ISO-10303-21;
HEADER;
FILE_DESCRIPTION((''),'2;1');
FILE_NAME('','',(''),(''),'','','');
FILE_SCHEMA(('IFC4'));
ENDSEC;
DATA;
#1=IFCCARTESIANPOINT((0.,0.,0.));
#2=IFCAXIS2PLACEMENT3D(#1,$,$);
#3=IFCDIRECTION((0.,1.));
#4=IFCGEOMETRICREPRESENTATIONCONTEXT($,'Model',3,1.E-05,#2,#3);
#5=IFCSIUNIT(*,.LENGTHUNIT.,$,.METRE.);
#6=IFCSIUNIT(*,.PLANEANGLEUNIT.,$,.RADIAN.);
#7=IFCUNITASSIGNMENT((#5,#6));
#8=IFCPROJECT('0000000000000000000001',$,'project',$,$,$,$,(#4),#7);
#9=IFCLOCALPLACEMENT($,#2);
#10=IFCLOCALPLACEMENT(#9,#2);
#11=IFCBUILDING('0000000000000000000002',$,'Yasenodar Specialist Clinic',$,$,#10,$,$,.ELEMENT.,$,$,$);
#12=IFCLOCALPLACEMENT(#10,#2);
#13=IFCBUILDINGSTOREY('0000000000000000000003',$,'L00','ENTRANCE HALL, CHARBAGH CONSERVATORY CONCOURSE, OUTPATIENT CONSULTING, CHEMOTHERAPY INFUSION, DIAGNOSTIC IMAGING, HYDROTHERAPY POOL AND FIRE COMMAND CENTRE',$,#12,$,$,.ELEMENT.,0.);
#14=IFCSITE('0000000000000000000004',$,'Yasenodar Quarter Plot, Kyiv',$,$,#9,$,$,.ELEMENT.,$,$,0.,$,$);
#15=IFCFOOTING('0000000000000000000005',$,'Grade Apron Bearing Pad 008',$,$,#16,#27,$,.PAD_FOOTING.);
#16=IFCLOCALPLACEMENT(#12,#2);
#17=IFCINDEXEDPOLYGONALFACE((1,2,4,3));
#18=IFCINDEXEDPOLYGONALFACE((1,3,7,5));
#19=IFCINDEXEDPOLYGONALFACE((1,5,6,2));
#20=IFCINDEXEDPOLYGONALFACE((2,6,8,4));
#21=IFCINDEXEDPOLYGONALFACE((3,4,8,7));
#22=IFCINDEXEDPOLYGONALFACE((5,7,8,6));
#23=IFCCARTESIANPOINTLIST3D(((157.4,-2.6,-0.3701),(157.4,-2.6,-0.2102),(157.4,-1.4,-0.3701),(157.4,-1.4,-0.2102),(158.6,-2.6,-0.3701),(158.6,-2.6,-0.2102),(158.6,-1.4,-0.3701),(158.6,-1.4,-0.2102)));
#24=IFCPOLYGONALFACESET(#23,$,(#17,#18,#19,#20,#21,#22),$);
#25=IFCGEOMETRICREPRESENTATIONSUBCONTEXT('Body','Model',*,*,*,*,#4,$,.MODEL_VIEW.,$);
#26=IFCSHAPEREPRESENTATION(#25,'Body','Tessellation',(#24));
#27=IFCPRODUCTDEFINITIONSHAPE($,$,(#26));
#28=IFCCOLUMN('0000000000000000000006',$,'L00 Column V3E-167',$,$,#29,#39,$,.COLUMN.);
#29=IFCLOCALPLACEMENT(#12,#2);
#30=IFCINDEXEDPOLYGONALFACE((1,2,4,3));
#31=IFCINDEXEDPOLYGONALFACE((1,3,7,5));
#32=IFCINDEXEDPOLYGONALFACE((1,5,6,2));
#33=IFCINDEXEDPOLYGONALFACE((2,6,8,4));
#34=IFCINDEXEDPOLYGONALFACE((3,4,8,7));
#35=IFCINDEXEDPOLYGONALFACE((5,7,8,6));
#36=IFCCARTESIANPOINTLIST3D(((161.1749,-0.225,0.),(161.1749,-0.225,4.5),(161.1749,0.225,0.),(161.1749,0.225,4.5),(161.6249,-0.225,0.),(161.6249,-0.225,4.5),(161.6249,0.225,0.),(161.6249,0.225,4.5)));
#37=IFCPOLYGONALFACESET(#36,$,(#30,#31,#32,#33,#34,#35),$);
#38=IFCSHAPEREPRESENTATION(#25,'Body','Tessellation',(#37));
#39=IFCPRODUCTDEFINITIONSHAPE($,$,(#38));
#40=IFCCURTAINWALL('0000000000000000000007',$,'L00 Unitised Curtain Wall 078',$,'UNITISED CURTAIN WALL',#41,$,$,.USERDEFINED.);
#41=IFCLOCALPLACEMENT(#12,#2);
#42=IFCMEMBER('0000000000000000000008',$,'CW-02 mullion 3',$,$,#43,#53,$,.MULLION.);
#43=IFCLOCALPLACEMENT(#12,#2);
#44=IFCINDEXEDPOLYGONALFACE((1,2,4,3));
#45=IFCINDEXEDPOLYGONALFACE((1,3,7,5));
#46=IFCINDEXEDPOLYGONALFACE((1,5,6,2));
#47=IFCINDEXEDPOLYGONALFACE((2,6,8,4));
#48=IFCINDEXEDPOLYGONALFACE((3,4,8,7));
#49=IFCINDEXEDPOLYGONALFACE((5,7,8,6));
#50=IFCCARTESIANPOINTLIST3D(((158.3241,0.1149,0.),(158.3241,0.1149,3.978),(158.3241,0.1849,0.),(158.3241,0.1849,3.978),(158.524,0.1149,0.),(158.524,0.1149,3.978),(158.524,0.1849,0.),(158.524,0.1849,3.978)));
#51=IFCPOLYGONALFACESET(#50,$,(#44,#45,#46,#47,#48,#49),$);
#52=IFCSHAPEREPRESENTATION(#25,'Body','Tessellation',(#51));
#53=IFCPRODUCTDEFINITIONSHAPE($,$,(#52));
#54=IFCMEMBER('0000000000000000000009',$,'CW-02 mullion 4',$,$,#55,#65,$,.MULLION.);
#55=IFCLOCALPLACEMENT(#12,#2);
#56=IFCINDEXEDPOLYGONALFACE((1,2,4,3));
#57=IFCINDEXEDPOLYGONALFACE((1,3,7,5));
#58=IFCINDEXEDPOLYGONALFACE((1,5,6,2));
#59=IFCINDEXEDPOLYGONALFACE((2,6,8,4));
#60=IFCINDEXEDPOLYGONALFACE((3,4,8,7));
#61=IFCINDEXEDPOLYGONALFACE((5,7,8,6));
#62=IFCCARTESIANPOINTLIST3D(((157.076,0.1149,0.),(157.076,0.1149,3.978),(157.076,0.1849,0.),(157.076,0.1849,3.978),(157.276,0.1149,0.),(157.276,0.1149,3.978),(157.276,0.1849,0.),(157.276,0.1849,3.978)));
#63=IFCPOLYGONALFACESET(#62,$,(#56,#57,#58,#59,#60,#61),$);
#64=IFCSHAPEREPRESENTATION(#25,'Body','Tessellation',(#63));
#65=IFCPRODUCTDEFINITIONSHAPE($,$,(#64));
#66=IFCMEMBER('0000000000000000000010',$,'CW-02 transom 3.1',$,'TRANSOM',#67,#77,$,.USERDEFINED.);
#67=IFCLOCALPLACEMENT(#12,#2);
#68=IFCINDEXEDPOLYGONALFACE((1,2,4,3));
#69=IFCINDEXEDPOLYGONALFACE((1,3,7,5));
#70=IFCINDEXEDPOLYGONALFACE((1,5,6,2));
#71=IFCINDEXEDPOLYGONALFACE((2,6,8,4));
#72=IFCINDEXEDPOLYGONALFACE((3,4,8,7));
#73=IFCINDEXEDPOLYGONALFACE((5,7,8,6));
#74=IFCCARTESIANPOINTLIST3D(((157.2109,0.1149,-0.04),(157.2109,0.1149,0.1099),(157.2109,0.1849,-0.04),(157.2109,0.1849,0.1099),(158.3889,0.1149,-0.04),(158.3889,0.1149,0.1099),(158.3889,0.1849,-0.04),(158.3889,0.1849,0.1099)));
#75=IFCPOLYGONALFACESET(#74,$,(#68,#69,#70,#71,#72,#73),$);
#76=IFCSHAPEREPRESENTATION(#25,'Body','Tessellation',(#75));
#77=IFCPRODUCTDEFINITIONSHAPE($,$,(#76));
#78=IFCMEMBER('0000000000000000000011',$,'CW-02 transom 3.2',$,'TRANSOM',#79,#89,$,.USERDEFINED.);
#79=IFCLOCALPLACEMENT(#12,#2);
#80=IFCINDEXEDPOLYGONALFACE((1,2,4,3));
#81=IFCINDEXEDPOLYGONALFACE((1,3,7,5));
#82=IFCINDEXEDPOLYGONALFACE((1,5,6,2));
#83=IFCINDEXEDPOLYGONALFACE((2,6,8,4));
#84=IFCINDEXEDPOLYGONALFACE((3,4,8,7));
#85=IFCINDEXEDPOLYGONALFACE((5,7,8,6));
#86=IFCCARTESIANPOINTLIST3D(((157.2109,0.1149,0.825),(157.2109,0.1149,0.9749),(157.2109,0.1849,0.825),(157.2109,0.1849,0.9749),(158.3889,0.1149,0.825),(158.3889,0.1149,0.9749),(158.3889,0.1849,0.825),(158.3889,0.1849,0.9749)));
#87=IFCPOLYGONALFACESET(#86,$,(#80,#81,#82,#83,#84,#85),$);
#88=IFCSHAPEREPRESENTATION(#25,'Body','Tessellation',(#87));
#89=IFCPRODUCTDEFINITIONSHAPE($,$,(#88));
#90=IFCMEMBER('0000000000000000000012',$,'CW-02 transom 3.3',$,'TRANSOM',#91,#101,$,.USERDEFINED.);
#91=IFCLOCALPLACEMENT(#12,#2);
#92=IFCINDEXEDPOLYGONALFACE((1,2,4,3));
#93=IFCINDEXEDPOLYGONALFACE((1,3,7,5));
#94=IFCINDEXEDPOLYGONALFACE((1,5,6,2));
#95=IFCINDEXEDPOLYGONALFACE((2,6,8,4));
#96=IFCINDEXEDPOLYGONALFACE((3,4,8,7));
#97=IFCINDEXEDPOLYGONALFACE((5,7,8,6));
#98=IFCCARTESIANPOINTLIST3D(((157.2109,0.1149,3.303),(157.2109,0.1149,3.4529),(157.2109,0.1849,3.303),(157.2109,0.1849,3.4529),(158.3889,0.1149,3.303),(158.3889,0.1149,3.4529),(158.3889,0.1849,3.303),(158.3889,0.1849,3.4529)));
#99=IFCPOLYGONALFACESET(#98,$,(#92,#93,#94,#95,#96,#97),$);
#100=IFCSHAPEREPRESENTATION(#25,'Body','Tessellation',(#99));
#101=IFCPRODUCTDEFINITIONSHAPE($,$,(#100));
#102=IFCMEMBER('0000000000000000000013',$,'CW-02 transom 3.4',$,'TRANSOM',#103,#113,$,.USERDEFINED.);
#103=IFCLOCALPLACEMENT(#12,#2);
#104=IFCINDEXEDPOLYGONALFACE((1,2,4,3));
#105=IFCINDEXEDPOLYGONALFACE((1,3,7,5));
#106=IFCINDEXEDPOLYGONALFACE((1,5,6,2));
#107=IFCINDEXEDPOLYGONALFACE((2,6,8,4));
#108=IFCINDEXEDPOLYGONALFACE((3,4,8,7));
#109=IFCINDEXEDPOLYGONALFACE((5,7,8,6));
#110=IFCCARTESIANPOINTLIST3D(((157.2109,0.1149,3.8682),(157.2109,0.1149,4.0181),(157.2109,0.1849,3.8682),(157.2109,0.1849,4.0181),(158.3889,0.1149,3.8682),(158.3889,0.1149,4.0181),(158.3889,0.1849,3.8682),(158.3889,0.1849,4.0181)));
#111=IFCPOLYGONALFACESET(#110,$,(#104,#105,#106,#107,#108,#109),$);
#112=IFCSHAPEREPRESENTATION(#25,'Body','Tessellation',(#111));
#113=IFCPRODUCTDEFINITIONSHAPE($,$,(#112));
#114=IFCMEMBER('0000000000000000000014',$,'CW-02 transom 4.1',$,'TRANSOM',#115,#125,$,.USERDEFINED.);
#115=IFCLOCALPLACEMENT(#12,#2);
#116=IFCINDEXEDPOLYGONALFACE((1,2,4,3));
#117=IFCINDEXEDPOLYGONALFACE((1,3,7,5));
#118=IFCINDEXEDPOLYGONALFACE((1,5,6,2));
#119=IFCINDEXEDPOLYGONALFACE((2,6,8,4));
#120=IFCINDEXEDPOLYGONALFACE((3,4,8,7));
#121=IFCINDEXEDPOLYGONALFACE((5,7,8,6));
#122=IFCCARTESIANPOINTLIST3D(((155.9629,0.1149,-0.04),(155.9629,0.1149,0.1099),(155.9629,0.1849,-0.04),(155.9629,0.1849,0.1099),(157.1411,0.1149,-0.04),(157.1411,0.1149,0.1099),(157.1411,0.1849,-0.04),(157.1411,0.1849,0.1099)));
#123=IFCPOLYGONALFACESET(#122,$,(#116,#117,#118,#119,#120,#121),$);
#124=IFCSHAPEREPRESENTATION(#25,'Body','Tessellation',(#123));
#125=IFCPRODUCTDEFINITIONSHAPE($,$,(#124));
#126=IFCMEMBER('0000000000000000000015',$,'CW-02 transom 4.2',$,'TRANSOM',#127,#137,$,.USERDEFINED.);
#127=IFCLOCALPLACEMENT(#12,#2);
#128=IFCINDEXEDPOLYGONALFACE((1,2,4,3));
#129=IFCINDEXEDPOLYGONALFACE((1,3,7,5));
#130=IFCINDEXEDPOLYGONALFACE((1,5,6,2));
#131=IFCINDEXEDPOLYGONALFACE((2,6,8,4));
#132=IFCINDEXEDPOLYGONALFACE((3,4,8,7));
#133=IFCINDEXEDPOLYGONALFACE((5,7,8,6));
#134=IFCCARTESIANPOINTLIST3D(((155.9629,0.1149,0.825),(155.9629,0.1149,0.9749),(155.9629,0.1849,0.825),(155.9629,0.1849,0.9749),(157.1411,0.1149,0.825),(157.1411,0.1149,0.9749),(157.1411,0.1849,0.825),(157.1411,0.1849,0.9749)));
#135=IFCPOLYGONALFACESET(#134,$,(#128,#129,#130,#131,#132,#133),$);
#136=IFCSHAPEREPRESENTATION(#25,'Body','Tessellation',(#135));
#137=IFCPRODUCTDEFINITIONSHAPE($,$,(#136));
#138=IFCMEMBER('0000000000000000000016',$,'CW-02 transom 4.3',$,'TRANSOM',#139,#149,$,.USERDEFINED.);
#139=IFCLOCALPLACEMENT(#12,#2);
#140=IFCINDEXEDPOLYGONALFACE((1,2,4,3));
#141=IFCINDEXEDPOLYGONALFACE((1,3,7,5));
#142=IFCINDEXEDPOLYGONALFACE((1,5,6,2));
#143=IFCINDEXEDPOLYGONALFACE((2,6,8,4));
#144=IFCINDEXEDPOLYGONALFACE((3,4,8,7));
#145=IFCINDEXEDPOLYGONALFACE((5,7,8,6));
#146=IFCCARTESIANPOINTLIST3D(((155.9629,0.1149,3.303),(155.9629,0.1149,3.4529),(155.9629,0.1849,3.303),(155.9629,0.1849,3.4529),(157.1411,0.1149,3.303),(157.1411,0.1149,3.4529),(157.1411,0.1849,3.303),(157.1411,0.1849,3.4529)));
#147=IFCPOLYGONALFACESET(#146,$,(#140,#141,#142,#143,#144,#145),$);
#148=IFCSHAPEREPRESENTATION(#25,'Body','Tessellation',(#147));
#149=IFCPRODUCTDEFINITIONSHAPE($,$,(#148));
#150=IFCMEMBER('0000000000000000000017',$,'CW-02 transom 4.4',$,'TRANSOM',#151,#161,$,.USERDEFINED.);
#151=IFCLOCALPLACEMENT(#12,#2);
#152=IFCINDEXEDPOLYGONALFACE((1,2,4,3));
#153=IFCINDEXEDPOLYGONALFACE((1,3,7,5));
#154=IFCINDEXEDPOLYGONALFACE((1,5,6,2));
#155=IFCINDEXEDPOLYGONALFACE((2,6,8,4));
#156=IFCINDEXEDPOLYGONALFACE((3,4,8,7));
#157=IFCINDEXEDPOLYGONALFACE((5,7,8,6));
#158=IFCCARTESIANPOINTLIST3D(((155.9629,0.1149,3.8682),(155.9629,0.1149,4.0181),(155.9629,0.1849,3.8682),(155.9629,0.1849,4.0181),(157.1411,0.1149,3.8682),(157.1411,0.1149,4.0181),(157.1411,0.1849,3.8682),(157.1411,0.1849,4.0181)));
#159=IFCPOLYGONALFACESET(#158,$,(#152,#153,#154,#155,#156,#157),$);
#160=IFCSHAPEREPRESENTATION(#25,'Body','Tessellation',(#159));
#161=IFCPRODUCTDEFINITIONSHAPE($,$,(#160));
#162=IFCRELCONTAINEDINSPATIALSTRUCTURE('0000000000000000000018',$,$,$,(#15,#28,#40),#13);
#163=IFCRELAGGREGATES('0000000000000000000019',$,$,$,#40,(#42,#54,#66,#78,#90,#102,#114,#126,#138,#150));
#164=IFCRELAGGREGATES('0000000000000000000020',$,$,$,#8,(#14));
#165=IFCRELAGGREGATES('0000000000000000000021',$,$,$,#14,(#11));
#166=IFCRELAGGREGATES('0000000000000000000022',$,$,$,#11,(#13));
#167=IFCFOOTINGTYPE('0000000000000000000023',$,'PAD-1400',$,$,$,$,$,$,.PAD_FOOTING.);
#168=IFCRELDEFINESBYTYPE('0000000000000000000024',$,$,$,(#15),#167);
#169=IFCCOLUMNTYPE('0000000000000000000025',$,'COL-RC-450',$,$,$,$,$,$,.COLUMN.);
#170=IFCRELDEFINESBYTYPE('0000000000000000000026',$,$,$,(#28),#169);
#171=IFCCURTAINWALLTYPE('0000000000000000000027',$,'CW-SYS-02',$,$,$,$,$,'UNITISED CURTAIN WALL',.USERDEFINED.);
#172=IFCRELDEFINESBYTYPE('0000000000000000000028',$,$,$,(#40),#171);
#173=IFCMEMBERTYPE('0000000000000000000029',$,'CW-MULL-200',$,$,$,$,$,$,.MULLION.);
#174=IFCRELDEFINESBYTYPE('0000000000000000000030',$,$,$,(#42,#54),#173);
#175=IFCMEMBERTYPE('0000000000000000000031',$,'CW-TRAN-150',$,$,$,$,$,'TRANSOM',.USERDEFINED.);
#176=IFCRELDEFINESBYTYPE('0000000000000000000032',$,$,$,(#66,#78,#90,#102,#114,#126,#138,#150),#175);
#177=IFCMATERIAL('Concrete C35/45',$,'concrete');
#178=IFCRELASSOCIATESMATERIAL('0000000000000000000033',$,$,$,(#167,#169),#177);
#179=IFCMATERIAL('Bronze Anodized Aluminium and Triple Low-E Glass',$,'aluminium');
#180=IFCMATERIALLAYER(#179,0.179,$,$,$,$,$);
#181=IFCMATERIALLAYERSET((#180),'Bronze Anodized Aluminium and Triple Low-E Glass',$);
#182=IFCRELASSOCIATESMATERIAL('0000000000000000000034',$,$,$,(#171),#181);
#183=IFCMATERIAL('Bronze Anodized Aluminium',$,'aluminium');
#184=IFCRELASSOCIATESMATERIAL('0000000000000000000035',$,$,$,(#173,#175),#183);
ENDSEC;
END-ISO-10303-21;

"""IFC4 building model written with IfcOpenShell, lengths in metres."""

from ifc_helpers import new_model, si_unit, direction, frame, origin, origin_2d, place, context, subcontext, project, spatial, rectangle, extrude, material, layer, layer_set, material_profile, profile_set, type_object, element, aggregate, save


model = new_model("IFC4")

# Units and contexts
model_context = context("Model", 3, precision=1e-05, world=origin(), true_north=direction((0.0, 1.0)))
body_context = subcontext(model_context, "Body", "Model", "MODEL_VIEW")
ifc_project = project(units=[si_unit("LENGTHUNIT", "METRE"), si_unit("PLANEANGLEUNIT", "RADIAN")], contexts=[model_context])

# Site, building, storey
site_placement = place(None, origin())
site = spatial("IfcSite", under=ifc_project, at=site_placement, Name="Yasenodar Quarter Plot, Kyiv", CompositionType="ELEMENT", RefElevation=0.0)
building_placement = place(site_placement, origin())
building = spatial("IfcBuilding", under=site, at=building_placement, Name="Yasenodar Specialist Clinic", CompositionType="ELEMENT")
storey_placement = place(building_placement, origin())
storey = spatial("IfcBuildingStorey", under=building, at=storey_placement, Name="L00", Description="ENTRANCE HALL, CHARBAGH CONSERVATORY CONCOURSE, OUTPATIENT CONSULTING, CHEMOTHERAPY INFUSION, DIAGNOSTIC IMAGING, HYDROTHERAPY POOL AND FIRE COMMAND CENTRE", CompositionType="ELEMENT", Elevation=0.0)

# Footing
ifc_material_1 = material(Name="Concrete C35/45", Category="concrete")
footing_type = type_object("IfcFootingType", Name="PAD-1400", PredefinedType="PAD_FOOTING", material=ifc_material_1)
footing_placement = place(storey_placement, frame((158.0, -2.0, -0.3701), z_axis=(0.0, 0.0, 1.0), x_axis=(1.0, 0.0, 0.0)))
element("IfcFooting", 1, at=footing_placement, inside=storey, type_object=footing_type, Name="Grade Apron Bearing Pad 008", PredefinedType="PAD_FOOTING", context=body_context, shape_type="SweptSolid", body=[
    extrude(rectangle(XDim=1.2, YDim=1.2, at=origin_2d()), origin(), (0.0, 0.0, 1.0), 0.1599),
])

# Column
ifc_material_profile_1 = material_profile(ifc_material_1, rectangle(XDim=0.45, YDim=0.45, at=origin_2d()), Name="RC 450x450")
ifc_profile_set_1 = profile_set([ifc_material_profile_1], Name="Concrete C35/45")
column_type = type_object("IfcColumnType", Name="COL-RC-450", PredefinedType="COLUMN", material=ifc_profile_set_1)
column_placement = place(storey_placement, frame((161.3999, 0.0, 0.0), z_axis=(0.0, 0.0, 1.0), x_axis=(1.0, 0.0, 0.0)))
element("IfcColumn", 2, at=column_placement, inside=storey, type_object=column_type, Name="L00 Column V3E-167", PredefinedType="COLUMN", context=body_context, shape_type="SweptSolid", body=[
    extrude(rectangle(XDim=0.45, YDim=0.45, at=origin_2d()), origin(), (0.0, 0.0, 1.0), 4.5),
])

# Curtain wall, members
ifc_material_2 = material(Name="Bronze Anodized Aluminium and Triple Low-E Glass", Category="aluminium")
ifc_layer_1 = layer(ifc_material_2, 0.179)
ifc_layer_set_1 = layer_set([ifc_layer_1], Name="Bronze Anodized Aluminium and Triple Low-E Glass")
curtain_wall_type = type_object("IfcCurtainWallType", Name="CW-SYS-02", ElementType="UNITISED CURTAIN WALL", PredefinedType="USERDEFINED", material=ifc_layer_set_1)
curtain_wall_placement = place(storey_placement, origin())
curtain_wall = element("IfcCurtainWall", 3, at=curtain_wall_placement, inside=storey, type_object=curtain_wall_type, Name="L00 Unitised Curtain Wall 078", ObjectType="UNITISED CURTAIN WALL", PredefinedType="USERDEFINED")
ifc_material_3 = material(Name="Bronze Anodized Aluminium", Category="aluminium")
ifc_material_profile_2 = material_profile(ifc_material_3, rectangle(XDim=0.0701, YDim=0.2, at=origin_2d()), Name="CW-MULL 70x200")
ifc_profile_set_2 = profile_set([ifc_material_profile_2], Name="Bronze Anodized Aluminium")
member_type_1 = type_object("IfcMemberType", Name="CW-MULL-200", PredefinedType="MULLION", material=ifc_profile_set_2)
member_1_placement = place(storey_placement, frame((158.4241, 0.1499, 0.0), z_axis=(0.0, 0.0, 1.0), x_axis=(0.0, -1.0, 0.0)))
member_1 = element("IfcMember", 4, at=member_1_placement, type_object=member_type_1, Name="CW-02 mullion 3", PredefinedType="MULLION", context=body_context, shape_type="SweptSolid", body=[
    extrude(rectangle(XDim=0.0701, YDim=0.2, at=origin_2d()), origin(), (0.0, 0.0, 1.0), 3.978),
])
member_2_placement = place(storey_placement, frame((157.176, 0.1499, 0.0), z_axis=(0.0, 0.0, 1.0), x_axis=(0.0, -1.0, 0.0)))
member_2 = element("IfcMember", 5, at=member_2_placement, type_object=member_type_1, Name="CW-02 mullion 4", PredefinedType="MULLION", context=body_context, shape_type="SweptSolid", body=[
    extrude(rectangle(XDim=0.0701, YDim=0.2, at=origin_2d()), origin(), (0.0, 0.0, 1.0), 3.978),
])
ifc_material_profile_3 = material_profile(ifc_material_3, rectangle(XDim=0.0701, YDim=0.1499, at=origin_2d()), Name="CW-TRAN 70x150")
ifc_profile_set_3 = profile_set([ifc_material_profile_3], Name="Bronze Anodized Aluminium")
member_type_2 = type_object("IfcMemberType", Name="CW-TRAN-150", ElementType="TRANSOM", PredefinedType="USERDEFINED", material=ifc_profile_set_3)
member_3_placement = place(storey_placement, frame((158.3889, 0.1499, 0.0349), z_axis=(-1.0, 0.0, 0.0), x_axis=(0.0, -1.0, 0.0)))
member_3 = element("IfcMember", 6, at=member_3_placement, type_object=member_type_2, Name="CW-02 transom 3.1", ObjectType="TRANSOM", PredefinedType="USERDEFINED", context=body_context, shape_type="SweptSolid", body=[
    extrude(rectangle(XDim=0.0701, YDim=0.1499, at=origin_2d()), origin(), (0.0, 0.0, 1.0), 1.178),
])
member_4_placement = place(storey_placement, frame((158.3889, 0.1499, 0.8999), z_axis=(-1.0, 0.0, 0.0), x_axis=(0.0, -1.0, 0.0)))
member_4 = element("IfcMember", 7, at=member_4_placement, type_object=member_type_2, Name="CW-02 transom 3.2", ObjectType="TRANSOM", PredefinedType="USERDEFINED", context=body_context, shape_type="SweptSolid", body=[
    extrude(rectangle(XDim=0.0701, YDim=0.1499, at=origin_2d()), origin(), (0.0, 0.0, 1.0), 1.178),
])
member_5_placement = place(storey_placement, frame((158.3889, 0.1499, 3.3779), z_axis=(-1.0, 0.0, 0.0), x_axis=(0.0, -1.0, 0.0)))
member_5 = element("IfcMember", 8, at=member_5_placement, type_object=member_type_2, Name="CW-02 transom 3.3", ObjectType="TRANSOM", PredefinedType="USERDEFINED", context=body_context, shape_type="SweptSolid", body=[
    extrude(rectangle(XDim=0.0701, YDim=0.1499, at=origin_2d()), origin(), (0.0, 0.0, 1.0), 1.178),
])
member_6_placement = place(storey_placement, frame((158.3889, 0.1499, 3.9431), z_axis=(-1.0, 0.0, 0.0), x_axis=(0.0, -1.0, 0.0)))
member_6 = element("IfcMember", 9, at=member_6_placement, type_object=member_type_2, Name="CW-02 transom 3.4", ObjectType="TRANSOM", PredefinedType="USERDEFINED", context=body_context, shape_type="SweptSolid", body=[
    extrude(rectangle(XDim=0.0701, YDim=0.1499, at=origin_2d()), origin(), (0.0, 0.0, 1.0), 1.178),
])
member_7_placement = place(storey_placement, frame((157.1411, 0.1499, 0.0349), z_axis=(-1.0, 0.0, 0.0), x_axis=(0.0, -1.0, 0.0)))
member_7 = element("IfcMember", 10, at=member_7_placement, type_object=member_type_2, Name="CW-02 transom 4.1", ObjectType="TRANSOM", PredefinedType="USERDEFINED", context=body_context, shape_type="SweptSolid", body=[
    extrude(rectangle(XDim=0.0701, YDim=0.1499, at=origin_2d()), origin(), (0.0, 0.0, 1.0), 1.1782),
])
member_8_placement = place(storey_placement, frame((157.1411, 0.1499, 0.8999), z_axis=(-1.0, 0.0, 0.0), x_axis=(0.0, -1.0, 0.0)))
member_8 = element("IfcMember", 11, at=member_8_placement, type_object=member_type_2, Name="CW-02 transom 4.2", ObjectType="TRANSOM", PredefinedType="USERDEFINED", context=body_context, shape_type="SweptSolid", body=[
    extrude(rectangle(XDim=0.0701, YDim=0.1499, at=origin_2d()), origin(), (0.0, 0.0, 1.0), 1.1782),
])
member_9_placement = place(storey_placement, frame((157.1411, 0.1499, 3.3779), z_axis=(-1.0, 0.0, 0.0), x_axis=(0.0, -1.0, 0.0)))
member_9 = element("IfcMember", 12, at=member_9_placement, type_object=member_type_2, Name="CW-02 transom 4.3", ObjectType="TRANSOM", PredefinedType="USERDEFINED", context=body_context, shape_type="SweptSolid", body=[
    extrude(rectangle(XDim=0.0701, YDim=0.1499, at=origin_2d()), origin(), (0.0, 0.0, 1.0), 1.1782),
])
member_10_placement = place(storey_placement, frame((157.1411, 0.1499, 3.9431), z_axis=(-1.0, 0.0, 0.0), x_axis=(0.0, -1.0, 0.0)))
member_10 = element("IfcMember", 13, at=member_10_placement, type_object=member_type_2, Name="CW-02 transom 4.4", ObjectType="TRANSOM", PredefinedType="USERDEFINED", context=body_context, shape_type="SweptSolid", body=[
    extrude(rectangle(XDim=0.0701, YDim=0.1499, at=origin_2d()), origin(), (0.0, 0.0, 1.0), 1.1782),
])

aggregate(curtain_wall, [member_1, member_2, member_3, member_4, member_5, member_6, member_7, member_8, member_9, member_10])

save(model, "model.ifc")
